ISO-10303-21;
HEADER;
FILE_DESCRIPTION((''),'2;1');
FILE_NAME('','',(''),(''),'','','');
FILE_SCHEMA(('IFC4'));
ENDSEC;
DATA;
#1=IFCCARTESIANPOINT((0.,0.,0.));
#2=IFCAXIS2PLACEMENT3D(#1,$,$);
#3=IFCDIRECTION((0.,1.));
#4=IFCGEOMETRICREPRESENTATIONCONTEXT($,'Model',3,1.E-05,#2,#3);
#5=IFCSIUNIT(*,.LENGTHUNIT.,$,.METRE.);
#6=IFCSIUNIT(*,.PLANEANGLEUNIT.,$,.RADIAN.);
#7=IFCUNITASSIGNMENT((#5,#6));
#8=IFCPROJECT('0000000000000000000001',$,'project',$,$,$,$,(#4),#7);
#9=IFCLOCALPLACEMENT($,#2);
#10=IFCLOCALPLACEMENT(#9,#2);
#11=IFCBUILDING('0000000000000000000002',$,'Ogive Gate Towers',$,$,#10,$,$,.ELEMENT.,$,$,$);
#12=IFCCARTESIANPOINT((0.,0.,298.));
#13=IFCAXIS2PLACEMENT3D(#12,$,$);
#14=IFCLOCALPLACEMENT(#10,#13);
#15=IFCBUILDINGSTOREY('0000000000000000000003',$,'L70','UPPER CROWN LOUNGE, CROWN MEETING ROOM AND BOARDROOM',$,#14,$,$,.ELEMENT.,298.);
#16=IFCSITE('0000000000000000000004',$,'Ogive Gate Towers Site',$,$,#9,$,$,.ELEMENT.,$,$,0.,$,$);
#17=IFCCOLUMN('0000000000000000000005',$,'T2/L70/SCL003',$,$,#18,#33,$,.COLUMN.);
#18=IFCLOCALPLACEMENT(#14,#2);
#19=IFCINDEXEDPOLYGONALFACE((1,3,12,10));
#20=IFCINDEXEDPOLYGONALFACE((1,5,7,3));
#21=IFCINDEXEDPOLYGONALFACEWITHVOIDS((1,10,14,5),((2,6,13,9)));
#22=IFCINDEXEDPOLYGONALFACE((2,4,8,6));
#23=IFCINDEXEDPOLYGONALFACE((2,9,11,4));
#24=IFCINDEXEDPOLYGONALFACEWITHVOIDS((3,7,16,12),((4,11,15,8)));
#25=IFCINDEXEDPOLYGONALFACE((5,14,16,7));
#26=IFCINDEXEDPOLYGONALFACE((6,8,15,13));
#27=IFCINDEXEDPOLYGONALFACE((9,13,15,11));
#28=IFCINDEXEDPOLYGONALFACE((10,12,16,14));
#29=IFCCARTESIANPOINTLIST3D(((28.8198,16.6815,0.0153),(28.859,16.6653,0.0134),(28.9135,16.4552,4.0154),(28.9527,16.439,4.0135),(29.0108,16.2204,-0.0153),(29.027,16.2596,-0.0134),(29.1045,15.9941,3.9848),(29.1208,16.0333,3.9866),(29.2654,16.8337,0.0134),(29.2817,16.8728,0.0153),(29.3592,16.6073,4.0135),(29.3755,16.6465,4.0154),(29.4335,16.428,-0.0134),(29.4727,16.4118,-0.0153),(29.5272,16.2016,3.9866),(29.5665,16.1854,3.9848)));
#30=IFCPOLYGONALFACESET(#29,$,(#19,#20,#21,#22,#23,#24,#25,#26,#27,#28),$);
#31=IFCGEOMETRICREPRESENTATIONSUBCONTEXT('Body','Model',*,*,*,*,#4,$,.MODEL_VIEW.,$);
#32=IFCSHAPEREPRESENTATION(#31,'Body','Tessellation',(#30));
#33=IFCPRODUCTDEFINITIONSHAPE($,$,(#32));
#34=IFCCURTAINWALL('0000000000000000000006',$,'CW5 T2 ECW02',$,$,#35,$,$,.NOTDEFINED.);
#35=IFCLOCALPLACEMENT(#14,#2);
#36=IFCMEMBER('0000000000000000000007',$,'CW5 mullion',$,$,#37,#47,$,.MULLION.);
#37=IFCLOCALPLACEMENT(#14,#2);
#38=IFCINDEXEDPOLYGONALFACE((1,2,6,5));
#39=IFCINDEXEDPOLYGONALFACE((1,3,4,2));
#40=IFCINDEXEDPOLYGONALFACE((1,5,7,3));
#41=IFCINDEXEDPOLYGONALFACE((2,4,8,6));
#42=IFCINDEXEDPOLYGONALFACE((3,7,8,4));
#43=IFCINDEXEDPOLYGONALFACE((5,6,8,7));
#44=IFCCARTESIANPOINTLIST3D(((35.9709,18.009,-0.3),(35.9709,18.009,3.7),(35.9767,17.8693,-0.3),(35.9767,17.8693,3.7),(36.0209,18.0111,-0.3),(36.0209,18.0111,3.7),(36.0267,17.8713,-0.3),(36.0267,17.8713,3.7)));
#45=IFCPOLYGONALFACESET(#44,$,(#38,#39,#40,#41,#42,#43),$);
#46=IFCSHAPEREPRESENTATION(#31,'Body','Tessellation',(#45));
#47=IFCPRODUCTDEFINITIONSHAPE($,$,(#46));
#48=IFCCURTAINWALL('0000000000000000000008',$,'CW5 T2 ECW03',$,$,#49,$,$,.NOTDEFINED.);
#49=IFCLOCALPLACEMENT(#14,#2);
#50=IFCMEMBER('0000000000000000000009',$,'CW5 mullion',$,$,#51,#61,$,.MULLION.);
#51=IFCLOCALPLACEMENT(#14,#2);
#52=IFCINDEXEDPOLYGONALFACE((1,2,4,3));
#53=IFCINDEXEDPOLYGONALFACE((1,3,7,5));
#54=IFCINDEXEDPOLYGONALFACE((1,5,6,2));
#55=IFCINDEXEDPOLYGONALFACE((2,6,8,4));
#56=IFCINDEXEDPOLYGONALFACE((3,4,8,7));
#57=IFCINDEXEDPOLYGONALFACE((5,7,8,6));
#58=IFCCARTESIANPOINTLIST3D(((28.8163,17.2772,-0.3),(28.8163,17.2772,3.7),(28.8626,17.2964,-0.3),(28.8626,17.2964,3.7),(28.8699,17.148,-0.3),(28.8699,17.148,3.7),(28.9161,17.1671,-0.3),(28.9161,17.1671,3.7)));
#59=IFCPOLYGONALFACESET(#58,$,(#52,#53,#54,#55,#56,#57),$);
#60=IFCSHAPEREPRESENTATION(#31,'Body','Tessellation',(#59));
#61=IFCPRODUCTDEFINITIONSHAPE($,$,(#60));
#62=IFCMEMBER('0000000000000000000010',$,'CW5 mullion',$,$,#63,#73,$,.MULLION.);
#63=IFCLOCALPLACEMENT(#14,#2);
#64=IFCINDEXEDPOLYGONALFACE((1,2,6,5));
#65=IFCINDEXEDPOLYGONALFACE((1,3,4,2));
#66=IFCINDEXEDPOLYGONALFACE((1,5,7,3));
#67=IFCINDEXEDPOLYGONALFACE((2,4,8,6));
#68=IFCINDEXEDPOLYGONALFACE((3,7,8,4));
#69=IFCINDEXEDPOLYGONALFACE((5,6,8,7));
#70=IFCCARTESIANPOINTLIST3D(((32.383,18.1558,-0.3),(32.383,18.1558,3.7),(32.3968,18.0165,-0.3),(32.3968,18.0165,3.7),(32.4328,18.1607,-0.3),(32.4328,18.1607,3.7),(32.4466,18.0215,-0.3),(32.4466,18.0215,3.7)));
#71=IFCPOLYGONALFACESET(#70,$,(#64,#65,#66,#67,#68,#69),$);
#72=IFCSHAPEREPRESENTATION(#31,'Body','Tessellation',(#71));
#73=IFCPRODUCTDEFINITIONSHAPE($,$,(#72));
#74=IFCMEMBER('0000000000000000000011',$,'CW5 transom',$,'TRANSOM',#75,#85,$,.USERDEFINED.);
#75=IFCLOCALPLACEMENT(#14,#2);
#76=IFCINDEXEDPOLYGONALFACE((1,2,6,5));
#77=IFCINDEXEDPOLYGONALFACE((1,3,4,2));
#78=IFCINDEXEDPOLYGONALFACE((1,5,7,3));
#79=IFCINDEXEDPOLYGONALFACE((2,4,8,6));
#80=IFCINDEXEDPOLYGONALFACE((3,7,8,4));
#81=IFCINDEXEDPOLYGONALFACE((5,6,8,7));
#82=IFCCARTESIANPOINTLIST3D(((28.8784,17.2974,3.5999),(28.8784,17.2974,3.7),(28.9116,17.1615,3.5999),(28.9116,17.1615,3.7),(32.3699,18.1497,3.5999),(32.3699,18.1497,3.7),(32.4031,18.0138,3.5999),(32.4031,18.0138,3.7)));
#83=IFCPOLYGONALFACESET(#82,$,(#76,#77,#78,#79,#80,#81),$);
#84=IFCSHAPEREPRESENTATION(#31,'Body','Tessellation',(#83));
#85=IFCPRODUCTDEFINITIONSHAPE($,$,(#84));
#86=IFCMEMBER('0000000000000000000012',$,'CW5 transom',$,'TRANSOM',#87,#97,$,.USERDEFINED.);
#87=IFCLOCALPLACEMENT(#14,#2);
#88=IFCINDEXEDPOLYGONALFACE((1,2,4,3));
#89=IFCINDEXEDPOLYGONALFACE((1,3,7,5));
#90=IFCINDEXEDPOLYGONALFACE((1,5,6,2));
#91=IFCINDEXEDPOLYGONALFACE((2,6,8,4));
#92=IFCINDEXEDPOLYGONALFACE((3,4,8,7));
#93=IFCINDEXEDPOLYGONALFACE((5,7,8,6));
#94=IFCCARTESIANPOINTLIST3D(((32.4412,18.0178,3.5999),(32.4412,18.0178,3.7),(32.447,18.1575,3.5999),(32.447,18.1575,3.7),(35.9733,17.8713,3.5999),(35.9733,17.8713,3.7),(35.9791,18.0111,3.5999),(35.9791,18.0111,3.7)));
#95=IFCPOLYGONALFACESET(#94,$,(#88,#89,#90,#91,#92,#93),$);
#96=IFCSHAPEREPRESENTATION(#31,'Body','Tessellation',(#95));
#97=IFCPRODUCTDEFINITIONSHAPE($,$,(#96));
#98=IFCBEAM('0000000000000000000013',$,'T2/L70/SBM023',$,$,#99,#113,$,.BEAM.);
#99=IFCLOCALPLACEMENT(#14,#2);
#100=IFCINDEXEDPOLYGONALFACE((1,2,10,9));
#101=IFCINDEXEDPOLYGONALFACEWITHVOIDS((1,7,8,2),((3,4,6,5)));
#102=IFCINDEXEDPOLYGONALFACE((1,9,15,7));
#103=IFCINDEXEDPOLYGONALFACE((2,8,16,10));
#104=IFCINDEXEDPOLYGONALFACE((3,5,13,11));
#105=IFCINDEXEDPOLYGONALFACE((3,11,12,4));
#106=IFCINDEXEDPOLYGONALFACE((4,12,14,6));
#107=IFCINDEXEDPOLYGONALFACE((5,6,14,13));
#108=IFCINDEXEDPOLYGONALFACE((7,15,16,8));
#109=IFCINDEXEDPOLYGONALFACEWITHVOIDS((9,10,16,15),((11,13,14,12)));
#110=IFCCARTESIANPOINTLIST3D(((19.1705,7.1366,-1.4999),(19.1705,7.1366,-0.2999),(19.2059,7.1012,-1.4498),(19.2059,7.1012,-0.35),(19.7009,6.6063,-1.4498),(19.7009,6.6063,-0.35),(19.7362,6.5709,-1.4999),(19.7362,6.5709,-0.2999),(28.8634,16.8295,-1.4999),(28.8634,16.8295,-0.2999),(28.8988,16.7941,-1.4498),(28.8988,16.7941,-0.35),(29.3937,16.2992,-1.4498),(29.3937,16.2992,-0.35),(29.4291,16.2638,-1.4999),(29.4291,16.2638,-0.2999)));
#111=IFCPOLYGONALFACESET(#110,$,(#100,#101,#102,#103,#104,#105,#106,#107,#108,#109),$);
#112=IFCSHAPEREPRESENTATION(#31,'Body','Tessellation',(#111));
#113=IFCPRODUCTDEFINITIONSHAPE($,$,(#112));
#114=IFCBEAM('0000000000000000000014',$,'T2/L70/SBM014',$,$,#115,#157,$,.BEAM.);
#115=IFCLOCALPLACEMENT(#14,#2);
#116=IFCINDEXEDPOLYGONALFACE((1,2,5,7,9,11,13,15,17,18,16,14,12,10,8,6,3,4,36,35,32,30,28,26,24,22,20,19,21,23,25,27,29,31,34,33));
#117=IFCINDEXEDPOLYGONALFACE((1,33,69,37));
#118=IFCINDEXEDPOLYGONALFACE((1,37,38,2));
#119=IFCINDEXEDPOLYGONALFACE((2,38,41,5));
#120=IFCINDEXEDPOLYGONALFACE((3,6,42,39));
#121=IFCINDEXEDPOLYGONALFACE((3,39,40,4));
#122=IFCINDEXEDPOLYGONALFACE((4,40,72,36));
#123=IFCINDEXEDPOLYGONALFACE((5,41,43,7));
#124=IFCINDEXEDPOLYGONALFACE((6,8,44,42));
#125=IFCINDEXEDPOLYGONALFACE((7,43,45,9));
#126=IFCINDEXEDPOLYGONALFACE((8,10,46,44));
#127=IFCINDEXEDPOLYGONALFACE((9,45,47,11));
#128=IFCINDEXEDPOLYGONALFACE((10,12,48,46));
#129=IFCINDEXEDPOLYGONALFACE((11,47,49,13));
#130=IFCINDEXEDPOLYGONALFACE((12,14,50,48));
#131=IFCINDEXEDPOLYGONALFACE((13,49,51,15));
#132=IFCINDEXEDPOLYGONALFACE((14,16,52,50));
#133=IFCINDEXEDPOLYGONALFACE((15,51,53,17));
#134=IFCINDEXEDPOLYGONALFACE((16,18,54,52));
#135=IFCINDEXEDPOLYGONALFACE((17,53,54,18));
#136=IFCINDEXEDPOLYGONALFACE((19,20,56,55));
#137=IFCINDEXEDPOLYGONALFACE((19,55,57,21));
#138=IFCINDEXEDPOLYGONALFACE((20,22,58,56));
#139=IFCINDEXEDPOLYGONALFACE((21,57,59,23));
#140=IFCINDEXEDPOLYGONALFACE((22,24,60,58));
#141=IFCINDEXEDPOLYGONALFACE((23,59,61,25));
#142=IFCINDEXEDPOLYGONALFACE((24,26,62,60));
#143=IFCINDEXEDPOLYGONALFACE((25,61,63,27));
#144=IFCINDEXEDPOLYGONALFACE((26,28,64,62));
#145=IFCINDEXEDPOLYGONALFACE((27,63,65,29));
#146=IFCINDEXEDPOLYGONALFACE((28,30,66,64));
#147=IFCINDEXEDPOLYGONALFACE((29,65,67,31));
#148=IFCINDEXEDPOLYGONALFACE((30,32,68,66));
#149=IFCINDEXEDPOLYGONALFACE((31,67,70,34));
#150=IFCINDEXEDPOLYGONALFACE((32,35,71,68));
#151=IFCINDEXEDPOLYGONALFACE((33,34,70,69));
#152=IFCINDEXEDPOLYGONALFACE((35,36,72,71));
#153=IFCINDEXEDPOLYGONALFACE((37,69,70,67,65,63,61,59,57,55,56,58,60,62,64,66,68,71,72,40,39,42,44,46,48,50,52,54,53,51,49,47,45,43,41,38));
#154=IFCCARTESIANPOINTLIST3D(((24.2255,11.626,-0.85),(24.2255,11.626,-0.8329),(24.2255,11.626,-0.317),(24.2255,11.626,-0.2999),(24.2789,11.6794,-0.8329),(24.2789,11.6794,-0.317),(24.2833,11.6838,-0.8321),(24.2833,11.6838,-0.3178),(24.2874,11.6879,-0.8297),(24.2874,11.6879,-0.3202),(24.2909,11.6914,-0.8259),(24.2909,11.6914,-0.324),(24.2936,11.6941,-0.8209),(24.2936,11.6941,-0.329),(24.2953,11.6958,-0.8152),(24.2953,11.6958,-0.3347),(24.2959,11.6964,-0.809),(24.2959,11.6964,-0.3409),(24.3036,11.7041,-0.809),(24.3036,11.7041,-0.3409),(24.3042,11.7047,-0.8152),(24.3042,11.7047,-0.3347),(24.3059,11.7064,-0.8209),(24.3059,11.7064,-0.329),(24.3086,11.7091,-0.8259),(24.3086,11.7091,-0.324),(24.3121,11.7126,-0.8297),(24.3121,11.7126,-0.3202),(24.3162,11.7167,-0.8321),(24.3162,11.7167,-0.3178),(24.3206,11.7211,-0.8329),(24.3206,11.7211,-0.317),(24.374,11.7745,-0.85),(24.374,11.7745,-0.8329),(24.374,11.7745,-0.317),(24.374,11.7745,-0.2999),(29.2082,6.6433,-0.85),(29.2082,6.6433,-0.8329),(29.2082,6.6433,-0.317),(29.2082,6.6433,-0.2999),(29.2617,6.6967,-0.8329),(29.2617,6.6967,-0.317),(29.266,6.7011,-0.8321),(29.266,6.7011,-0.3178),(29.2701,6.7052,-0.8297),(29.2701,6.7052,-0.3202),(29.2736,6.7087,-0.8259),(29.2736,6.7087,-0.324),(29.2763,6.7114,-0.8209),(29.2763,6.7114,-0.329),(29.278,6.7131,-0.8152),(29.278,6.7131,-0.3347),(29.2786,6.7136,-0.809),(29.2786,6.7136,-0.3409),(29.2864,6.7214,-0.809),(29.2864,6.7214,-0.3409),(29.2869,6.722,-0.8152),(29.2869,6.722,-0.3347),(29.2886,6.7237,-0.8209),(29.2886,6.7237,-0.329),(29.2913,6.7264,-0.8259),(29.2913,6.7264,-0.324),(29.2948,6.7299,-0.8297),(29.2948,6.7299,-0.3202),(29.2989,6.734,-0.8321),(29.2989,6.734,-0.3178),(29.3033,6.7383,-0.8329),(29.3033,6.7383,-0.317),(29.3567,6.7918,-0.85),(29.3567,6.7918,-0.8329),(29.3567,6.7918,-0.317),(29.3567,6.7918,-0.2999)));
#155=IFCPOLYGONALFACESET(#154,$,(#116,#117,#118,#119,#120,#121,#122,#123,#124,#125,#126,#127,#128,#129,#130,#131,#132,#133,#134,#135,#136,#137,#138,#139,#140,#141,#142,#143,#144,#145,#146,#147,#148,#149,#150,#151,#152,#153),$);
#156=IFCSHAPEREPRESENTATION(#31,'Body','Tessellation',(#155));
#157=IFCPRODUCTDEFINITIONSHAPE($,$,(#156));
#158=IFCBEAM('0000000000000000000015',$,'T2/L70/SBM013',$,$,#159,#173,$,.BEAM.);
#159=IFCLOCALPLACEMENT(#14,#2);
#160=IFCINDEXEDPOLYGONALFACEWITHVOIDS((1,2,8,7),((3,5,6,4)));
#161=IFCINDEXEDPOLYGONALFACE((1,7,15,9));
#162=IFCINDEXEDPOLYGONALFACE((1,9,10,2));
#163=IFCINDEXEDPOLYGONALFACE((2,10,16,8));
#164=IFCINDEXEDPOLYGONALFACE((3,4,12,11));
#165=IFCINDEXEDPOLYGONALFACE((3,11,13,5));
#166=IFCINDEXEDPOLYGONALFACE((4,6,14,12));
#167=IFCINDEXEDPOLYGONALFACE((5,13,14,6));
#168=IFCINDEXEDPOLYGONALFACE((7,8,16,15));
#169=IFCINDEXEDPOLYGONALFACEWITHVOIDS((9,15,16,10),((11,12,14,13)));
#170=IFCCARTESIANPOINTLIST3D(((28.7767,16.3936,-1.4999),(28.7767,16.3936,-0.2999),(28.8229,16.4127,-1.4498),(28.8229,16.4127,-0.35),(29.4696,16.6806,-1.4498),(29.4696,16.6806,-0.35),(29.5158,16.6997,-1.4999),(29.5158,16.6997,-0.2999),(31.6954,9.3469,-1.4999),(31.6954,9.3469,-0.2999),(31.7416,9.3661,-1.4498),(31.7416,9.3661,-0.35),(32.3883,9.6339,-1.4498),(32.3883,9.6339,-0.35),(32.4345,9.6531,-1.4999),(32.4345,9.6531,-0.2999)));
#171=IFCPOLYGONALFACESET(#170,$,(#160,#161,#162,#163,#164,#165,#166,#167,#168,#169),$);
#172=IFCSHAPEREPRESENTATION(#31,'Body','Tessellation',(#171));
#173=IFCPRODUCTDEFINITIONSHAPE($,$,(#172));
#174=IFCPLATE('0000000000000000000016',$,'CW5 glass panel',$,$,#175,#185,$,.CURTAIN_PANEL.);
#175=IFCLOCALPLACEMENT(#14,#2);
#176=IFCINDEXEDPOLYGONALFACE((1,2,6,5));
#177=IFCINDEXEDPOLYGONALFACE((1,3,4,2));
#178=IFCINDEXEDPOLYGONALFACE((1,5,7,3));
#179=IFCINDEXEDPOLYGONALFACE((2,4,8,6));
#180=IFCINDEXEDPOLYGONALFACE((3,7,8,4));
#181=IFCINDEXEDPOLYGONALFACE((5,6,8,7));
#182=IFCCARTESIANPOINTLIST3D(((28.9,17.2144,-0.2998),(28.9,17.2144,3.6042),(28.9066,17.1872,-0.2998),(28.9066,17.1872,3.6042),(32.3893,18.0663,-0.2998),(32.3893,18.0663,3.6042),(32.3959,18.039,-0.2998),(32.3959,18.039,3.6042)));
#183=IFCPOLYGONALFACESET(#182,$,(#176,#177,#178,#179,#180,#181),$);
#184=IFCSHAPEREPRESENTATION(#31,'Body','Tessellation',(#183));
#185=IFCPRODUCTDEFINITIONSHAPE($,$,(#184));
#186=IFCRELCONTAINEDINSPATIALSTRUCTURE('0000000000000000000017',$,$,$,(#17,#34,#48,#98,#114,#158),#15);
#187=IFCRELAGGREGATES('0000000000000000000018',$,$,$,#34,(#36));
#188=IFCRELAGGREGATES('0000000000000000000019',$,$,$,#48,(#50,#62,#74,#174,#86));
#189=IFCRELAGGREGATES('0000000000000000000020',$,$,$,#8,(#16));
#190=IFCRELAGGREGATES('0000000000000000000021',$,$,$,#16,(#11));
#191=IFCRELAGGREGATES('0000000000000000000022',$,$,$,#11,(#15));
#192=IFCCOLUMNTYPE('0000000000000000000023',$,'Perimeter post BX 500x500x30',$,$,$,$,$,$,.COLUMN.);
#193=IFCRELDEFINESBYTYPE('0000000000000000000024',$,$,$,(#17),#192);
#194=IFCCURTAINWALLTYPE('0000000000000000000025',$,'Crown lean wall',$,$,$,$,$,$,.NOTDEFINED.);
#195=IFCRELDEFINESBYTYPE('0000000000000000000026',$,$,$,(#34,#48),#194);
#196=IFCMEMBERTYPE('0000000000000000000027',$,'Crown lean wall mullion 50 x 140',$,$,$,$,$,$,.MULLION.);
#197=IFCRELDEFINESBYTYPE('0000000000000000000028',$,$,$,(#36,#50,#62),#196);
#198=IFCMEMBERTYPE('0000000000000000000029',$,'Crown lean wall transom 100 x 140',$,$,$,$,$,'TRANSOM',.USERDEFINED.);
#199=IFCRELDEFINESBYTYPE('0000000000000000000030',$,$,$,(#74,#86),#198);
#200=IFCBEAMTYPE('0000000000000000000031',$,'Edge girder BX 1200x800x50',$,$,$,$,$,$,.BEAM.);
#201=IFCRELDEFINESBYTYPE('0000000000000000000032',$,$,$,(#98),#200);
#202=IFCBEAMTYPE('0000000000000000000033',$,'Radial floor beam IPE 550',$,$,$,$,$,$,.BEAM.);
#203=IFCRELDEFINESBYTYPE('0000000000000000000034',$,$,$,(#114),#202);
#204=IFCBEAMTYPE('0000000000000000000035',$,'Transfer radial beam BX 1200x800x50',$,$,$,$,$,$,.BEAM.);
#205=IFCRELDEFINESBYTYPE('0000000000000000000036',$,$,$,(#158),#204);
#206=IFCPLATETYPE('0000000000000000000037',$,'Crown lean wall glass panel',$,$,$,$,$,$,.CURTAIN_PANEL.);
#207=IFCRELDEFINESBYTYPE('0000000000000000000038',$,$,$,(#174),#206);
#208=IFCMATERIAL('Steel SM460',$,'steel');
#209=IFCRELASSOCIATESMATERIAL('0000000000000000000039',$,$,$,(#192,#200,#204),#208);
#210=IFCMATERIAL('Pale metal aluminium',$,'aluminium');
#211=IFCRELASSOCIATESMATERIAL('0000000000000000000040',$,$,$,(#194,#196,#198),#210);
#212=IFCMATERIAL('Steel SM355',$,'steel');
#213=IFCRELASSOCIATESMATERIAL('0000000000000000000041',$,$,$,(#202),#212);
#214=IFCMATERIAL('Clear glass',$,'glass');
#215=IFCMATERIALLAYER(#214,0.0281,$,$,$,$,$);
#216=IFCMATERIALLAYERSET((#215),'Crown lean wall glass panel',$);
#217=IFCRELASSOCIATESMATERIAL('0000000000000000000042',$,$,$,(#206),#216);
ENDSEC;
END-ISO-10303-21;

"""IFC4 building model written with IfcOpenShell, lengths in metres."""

from ifc_helpers import new_model, si_unit, direction, frame, origin, origin_2d, place, context, subcontext, project, spatial, rectangle, hollow_rectangle, i_section, extrude, material, layer, layer_set, material_profile, profile_set, type_object, element, aggregate, save


model = new_model("IFC4")

# Units and contexts
model_context = context("Model", 3, precision=1e-05, world=origin(), true_north=direction((0.0, 1.0)))
body_context = subcontext(model_context, "Body", "Model", "MODEL_VIEW")
ifc_project = project(units=[si_unit("LENGTHUNIT", "METRE"), si_unit("PLANEANGLEUNIT", "RADIAN")], contexts=[model_context])

# Site, building, storey
site_placement = place(None, origin())
site = spatial("IfcSite", under=ifc_project, at=site_placement, Name="Ogive Gate Towers Site", CompositionType="ELEMENT", RefElevation=0.0)
building_placement = place(site_placement, origin())
building = spatial("IfcBuilding", under=site, at=building_placement, Name="Ogive Gate Towers", CompositionType="ELEMENT")
storey_placement = place(building_placement, frame((0.0, 0.0, 298.0)))
storey = spatial("IfcBuildingStorey", under=building, at=storey_placement, Name="L70", Description="UPPER CROWN LOUNGE, CROWN MEETING ROOM AND BOARDROOM", CompositionType="ELEMENT", Elevation=298.0)

# Column
ifc_material_1 = material(Name="Steel SM460", Category="steel")
ifc_material_profile_1 = material_profile(ifc_material_1, hollow_rectangle(XDim=0.5, YDim=0.5, WallThickness=0.03, at=origin_2d()), Name="BX 500x500x30")
ifc_profile_set_1 = profile_set([ifc_material_profile_1], Name="Steel SM460")
column_type = type_object("IfcColumnType", Name="Perimeter post BX 500x500x30", PredefinedType="COLUMN", material=ifc_profile_set_1)
column_placement = place(storey_placement, frame((29.1462, 16.5466, 0.0), z_axis=(0.023394, -0.056474, 0.99813), x_axis=(0.923871, 0.382704, 0.0)))
element("IfcColumn", 1, at=column_placement, inside=storey, type_object=column_type, Name="T2/L70/SCL003", PredefinedType="COLUMN", context=body_context, shape_type="SweptSolid", body=[
    extrude(hollow_rectangle(XDim=0.5, YDim=0.5, WallThickness=0.03, at=origin_2d()), origin(), (0.0, 0.0, 1.0), 4.0076),
])

# Curtain wall, member
ifc_material_2 = material(Name="Pale metal aluminium", Category="aluminium")
curtain_wall_type = type_object("IfcCurtainWallType", Name="Crown lean wall", PredefinedType="NOTDEFINED", material=ifc_material_2)
curtain_wall_1_placement = place(storey_placement, origin())
curtain_wall_1 = element("IfcCurtainWall", 2, at=curtain_wall_1_placement, inside=storey, type_object=curtain_wall_type, Name="CW5 T2 ECW02", PredefinedType="NOTDEFINED")
ifc_material_profile_2 = material_profile(ifc_material_2, rectangle(XDim=0.1399, YDim=0.05, at=origin_2d()), Name="50 x 140 aluminium box")
ifc_profile_set_2 = profile_set([ifc_material_profile_2], Name="Pale metal aluminium")
member_type_1 = type_object("IfcMemberType", Name="Crown lean wall mullion 50 x 140", PredefinedType="MULLION", material=ifc_profile_set_2)
member_1_placement = place(storey_placement, frame((35.9988, 17.9402, -0.3), z_axis=(0.0, 0.0, 1.0), x_axis=(0.04144, -0.999141, 0.0)))
member_1 = element("IfcMember", 3, at=member_1_placement, type_object=member_type_1, Name="CW5 mullion", PredefinedType="MULLION", context=body_context, shape_type="SweptSolid", body=[
    extrude(rectangle(XDim=0.1399, YDim=0.05, at=origin_2d()), origin(), (0.0, 0.0, 1.0), 4.0),
])
aggregate(curtain_wall_1, [member_1])

# Curtain wall, members
curtain_wall_2_placement = place(storey_placement, origin())
curtain_wall_2 = element("IfcCurtainWall", 4, at=curtain_wall_2_placement, inside=storey, type_object=curtain_wall_type, Name="CW5 T2 ECW03", PredefinedType="NOTDEFINED")
member_2_placement = place(storey_placement, frame((28.8662, 17.2222, -0.3), z_axis=(0.0, 0.0, 1.0), x_axis=(0.382683, -0.92388, 0.0)))
member_2 = element("IfcMember", 5, at=member_2_placement, type_object=member_type_1, Name="CW5 mullion", PredefinedType="MULLION", context=body_context, shape_type="SweptSolid", body=[
    extrude(rectangle(XDim=0.1399, YDim=0.05, at=origin_2d()), origin(), (0.0, 0.0, 1.0), 4.0),
])
member_3_placement = place(storey_placement, frame((32.4148, 18.0886, -0.3), z_axis=(0.0, 0.0, 1.0), x_axis=(0.098833, -0.995104, 0.0)))
member_3 = element("IfcMember", 6, at=member_3_placement, type_object=member_type_1, Name="CW5 mullion", PredefinedType="MULLION", context=body_context, shape_type="SweptSolid", body=[
    extrude(rectangle(XDim=0.1399, YDim=0.05, at=origin_2d()), origin(), (0.0, 0.0, 1.0), 4.0),
])
ifc_material_profile_3 = material_profile(ifc_material_2, rectangle(XDim=0.1399, YDim=0.1001, at=origin_2d()), Name="100 x 140 aluminium box")
ifc_profile_set_3 = profile_set([ifc_material_profile_3], Name="Pale metal aluminium")
member_type_2 = type_object("IfcMemberType", Name="Crown lean wall transom 100 x 140", ElementType="TRANSOM", PredefinedType="USERDEFINED", material=ifc_profile_set_3)
member_4_placement = place(storey_placement, frame((28.895, 17.2295, 3.6499), z_axis=(0.971474, 0.237145, 0.0), x_axis=(-0.237145, 0.971474, 0.0)))
member_4 = element("IfcMember", 7, at=member_4_placement, type_object=member_type_2, Name="CW5 transom", ObjectType="TRANSOM", PredefinedType="USERDEFINED", context=body_context, shape_type="SweptSolid", body=[
    extrude(rectangle(XDim=0.1399, YDim=0.1001, at=origin_2d()), origin(), (0.0, 0.0, 1.0), 3.594),
])
member_5_placement = place(storey_placement, frame((32.4441, 18.0876, 3.6499), z_axis=(0.999141, -0.041435, 0.0), x_axis=(0.041435, 0.999141, 0.0)))
member_5 = element("IfcMember", 8, at=member_5_placement, type_object=member_type_2, Name="CW5 transom", ObjectType="TRANSOM", PredefinedType="USERDEFINED", context=body_context, shape_type="SweptSolid", body=[
    extrude(rectangle(XDim=0.1399, YDim=0.1001, at=origin_2d()), origin(), (0.0, 0.0, 1.0), 3.5352),
])

# Beams
ifc_material_profile_4 = material_profile(ifc_material_1, hollow_rectangle(XDim=0.8, YDim=1.2, WallThickness=0.05, at=origin_2d()), Name="BX 1200x800x50")
ifc_profile_set_4 = profile_set([ifc_material_profile_4], Name="Steel SM460")
beam_type_1 = type_object("IfcBeamType", Name="Edge girder BX 1200x800x50", PredefinedType="BEAM", material=ifc_profile_set_4)
beam_1_placement = place(storey_placement, frame((29.1462, 16.5466, -0.8999), z_axis=(-0.707107, -0.707107, 0.0), x_axis=(0.707107, -0.707107, 0.0)))
element("IfcBeam", 9, at=beam_1_placement, inside=storey, type_object=beam_type_1, Name="T2/L70/SBM023", PredefinedType="BEAM", context=body_context, shape_type="SweptSolid", body=[
    extrude(hollow_rectangle(XDim=0.8, YDim=1.2, WallThickness=0.05, at=origin_2d()), origin(), (0.0, 0.0, 1.0), 13.7078),
])
ifc_material_3 = material(Name="Steel SM355", Category="steel")
ifc_material_profile_5 = material_profile(ifc_material_3, i_section(OverallWidth=0.21, OverallDepth=0.55, WebThickness=0.011, FlangeThickness=0.0171, FilletRadius=0.0239, at=origin_2d()), Name="IPE 550")
ifc_profile_set_5 = profile_set([ifc_material_profile_5], Name="Steel SM355")
beam_type_2 = type_object("IfcBeamType", Name="Radial floor beam IPE 550", PredefinedType="BEAM", material=ifc_profile_set_5)
beam_2_placement = place(storey_placement, frame((29.2825, 6.7175, -0.575), z_axis=(-0.707107, 0.707107, 0.0), x_axis=(-0.707107, -0.707107, 0.0)))
element("IfcBeam", 10, at=beam_2_placement, inside=storey, type_object=beam_type_2, Name="T2/L70/SBM014", PredefinedType="BEAM", context=body_context, shape_type="SweptSolid", body=[
    extrude(i_section(OverallWidth=0.21, OverallDepth=0.55, WebThickness=0.011, FlangeThickness=0.0171, FilletRadius=0.0239, at=origin_2d()), origin(), (0.0, 0.0, 1.0), 7.0466),
])
ifc_material_profile_6 = material_profile(ifc_material_1, hollow_rectangle(XDim=0.8, YDim=1.2, WallThickness=0.05, at=origin_2d()), Name="BX 1200x800x50")
ifc_profile_set_6 = profile_set([ifc_material_profile_6], Name="Steel SM460")
beam_type_3 = type_object("IfcBeamType", Name="Transfer radial beam BX 1200x800x50", PredefinedType="BEAM", material=ifc_profile_set_6)
beam_3_placement = place(storey_placement, frame((32.0649, 9.5, -0.8999), z_axis=(-0.382671, 0.923885, 0.0), x_axis=(-0.923885, -0.382671, 0.0)))
element("IfcBeam", 11, at=beam_3_placement, inside=storey, type_object=beam_type_3, Name="T2/L70/SBM013", PredefinedType="BEAM", context=body_context, shape_type="SweptSolid", body=[
    extrude(hollow_rectangle(XDim=0.8, YDim=1.2, WallThickness=0.05, at=origin_2d()), origin(), (0.0, 0.0, 1.0), 7.6272),
])

# Plate
ifc_material_4 = material(Name="Clear glass", Category="glass")
ifc_layer_1 = layer(ifc_material_4, 0.0281)
ifc_layer_set_1 = layer_set([ifc_layer_1], Name="Crown lean wall glass panel")
plate_type = type_object("IfcPlateType", Name="Crown lean wall glass panel", PredefinedType="CURTAIN_PANEL", material=ifc_layer_set_1)
plate_1_placement = place(storey_placement, frame((30.6479, 17.6267, -0.2998), z_axis=(0.0, 0.0, 1.0), x_axis=(0.971471, 0.23716, 0.0)))
plate_1 = element("IfcPlate", 12, at=plate_1_placement, type_object=plate_type, Name="CW5 glass panel", PredefinedType="CURTAIN_PANEL", context=body_context, shape_type="SweptSolid", body=[
    extrude(rectangle(XDim=3.5918, YDim=0.0281, at=origin_2d()), origin(), (0.0, 0.0, 1.0), 3.9041),
])
aggregate(curtain_wall_2, [member_2, member_3, member_4, plate_1, member_5])

save(model, "model.ifc")
